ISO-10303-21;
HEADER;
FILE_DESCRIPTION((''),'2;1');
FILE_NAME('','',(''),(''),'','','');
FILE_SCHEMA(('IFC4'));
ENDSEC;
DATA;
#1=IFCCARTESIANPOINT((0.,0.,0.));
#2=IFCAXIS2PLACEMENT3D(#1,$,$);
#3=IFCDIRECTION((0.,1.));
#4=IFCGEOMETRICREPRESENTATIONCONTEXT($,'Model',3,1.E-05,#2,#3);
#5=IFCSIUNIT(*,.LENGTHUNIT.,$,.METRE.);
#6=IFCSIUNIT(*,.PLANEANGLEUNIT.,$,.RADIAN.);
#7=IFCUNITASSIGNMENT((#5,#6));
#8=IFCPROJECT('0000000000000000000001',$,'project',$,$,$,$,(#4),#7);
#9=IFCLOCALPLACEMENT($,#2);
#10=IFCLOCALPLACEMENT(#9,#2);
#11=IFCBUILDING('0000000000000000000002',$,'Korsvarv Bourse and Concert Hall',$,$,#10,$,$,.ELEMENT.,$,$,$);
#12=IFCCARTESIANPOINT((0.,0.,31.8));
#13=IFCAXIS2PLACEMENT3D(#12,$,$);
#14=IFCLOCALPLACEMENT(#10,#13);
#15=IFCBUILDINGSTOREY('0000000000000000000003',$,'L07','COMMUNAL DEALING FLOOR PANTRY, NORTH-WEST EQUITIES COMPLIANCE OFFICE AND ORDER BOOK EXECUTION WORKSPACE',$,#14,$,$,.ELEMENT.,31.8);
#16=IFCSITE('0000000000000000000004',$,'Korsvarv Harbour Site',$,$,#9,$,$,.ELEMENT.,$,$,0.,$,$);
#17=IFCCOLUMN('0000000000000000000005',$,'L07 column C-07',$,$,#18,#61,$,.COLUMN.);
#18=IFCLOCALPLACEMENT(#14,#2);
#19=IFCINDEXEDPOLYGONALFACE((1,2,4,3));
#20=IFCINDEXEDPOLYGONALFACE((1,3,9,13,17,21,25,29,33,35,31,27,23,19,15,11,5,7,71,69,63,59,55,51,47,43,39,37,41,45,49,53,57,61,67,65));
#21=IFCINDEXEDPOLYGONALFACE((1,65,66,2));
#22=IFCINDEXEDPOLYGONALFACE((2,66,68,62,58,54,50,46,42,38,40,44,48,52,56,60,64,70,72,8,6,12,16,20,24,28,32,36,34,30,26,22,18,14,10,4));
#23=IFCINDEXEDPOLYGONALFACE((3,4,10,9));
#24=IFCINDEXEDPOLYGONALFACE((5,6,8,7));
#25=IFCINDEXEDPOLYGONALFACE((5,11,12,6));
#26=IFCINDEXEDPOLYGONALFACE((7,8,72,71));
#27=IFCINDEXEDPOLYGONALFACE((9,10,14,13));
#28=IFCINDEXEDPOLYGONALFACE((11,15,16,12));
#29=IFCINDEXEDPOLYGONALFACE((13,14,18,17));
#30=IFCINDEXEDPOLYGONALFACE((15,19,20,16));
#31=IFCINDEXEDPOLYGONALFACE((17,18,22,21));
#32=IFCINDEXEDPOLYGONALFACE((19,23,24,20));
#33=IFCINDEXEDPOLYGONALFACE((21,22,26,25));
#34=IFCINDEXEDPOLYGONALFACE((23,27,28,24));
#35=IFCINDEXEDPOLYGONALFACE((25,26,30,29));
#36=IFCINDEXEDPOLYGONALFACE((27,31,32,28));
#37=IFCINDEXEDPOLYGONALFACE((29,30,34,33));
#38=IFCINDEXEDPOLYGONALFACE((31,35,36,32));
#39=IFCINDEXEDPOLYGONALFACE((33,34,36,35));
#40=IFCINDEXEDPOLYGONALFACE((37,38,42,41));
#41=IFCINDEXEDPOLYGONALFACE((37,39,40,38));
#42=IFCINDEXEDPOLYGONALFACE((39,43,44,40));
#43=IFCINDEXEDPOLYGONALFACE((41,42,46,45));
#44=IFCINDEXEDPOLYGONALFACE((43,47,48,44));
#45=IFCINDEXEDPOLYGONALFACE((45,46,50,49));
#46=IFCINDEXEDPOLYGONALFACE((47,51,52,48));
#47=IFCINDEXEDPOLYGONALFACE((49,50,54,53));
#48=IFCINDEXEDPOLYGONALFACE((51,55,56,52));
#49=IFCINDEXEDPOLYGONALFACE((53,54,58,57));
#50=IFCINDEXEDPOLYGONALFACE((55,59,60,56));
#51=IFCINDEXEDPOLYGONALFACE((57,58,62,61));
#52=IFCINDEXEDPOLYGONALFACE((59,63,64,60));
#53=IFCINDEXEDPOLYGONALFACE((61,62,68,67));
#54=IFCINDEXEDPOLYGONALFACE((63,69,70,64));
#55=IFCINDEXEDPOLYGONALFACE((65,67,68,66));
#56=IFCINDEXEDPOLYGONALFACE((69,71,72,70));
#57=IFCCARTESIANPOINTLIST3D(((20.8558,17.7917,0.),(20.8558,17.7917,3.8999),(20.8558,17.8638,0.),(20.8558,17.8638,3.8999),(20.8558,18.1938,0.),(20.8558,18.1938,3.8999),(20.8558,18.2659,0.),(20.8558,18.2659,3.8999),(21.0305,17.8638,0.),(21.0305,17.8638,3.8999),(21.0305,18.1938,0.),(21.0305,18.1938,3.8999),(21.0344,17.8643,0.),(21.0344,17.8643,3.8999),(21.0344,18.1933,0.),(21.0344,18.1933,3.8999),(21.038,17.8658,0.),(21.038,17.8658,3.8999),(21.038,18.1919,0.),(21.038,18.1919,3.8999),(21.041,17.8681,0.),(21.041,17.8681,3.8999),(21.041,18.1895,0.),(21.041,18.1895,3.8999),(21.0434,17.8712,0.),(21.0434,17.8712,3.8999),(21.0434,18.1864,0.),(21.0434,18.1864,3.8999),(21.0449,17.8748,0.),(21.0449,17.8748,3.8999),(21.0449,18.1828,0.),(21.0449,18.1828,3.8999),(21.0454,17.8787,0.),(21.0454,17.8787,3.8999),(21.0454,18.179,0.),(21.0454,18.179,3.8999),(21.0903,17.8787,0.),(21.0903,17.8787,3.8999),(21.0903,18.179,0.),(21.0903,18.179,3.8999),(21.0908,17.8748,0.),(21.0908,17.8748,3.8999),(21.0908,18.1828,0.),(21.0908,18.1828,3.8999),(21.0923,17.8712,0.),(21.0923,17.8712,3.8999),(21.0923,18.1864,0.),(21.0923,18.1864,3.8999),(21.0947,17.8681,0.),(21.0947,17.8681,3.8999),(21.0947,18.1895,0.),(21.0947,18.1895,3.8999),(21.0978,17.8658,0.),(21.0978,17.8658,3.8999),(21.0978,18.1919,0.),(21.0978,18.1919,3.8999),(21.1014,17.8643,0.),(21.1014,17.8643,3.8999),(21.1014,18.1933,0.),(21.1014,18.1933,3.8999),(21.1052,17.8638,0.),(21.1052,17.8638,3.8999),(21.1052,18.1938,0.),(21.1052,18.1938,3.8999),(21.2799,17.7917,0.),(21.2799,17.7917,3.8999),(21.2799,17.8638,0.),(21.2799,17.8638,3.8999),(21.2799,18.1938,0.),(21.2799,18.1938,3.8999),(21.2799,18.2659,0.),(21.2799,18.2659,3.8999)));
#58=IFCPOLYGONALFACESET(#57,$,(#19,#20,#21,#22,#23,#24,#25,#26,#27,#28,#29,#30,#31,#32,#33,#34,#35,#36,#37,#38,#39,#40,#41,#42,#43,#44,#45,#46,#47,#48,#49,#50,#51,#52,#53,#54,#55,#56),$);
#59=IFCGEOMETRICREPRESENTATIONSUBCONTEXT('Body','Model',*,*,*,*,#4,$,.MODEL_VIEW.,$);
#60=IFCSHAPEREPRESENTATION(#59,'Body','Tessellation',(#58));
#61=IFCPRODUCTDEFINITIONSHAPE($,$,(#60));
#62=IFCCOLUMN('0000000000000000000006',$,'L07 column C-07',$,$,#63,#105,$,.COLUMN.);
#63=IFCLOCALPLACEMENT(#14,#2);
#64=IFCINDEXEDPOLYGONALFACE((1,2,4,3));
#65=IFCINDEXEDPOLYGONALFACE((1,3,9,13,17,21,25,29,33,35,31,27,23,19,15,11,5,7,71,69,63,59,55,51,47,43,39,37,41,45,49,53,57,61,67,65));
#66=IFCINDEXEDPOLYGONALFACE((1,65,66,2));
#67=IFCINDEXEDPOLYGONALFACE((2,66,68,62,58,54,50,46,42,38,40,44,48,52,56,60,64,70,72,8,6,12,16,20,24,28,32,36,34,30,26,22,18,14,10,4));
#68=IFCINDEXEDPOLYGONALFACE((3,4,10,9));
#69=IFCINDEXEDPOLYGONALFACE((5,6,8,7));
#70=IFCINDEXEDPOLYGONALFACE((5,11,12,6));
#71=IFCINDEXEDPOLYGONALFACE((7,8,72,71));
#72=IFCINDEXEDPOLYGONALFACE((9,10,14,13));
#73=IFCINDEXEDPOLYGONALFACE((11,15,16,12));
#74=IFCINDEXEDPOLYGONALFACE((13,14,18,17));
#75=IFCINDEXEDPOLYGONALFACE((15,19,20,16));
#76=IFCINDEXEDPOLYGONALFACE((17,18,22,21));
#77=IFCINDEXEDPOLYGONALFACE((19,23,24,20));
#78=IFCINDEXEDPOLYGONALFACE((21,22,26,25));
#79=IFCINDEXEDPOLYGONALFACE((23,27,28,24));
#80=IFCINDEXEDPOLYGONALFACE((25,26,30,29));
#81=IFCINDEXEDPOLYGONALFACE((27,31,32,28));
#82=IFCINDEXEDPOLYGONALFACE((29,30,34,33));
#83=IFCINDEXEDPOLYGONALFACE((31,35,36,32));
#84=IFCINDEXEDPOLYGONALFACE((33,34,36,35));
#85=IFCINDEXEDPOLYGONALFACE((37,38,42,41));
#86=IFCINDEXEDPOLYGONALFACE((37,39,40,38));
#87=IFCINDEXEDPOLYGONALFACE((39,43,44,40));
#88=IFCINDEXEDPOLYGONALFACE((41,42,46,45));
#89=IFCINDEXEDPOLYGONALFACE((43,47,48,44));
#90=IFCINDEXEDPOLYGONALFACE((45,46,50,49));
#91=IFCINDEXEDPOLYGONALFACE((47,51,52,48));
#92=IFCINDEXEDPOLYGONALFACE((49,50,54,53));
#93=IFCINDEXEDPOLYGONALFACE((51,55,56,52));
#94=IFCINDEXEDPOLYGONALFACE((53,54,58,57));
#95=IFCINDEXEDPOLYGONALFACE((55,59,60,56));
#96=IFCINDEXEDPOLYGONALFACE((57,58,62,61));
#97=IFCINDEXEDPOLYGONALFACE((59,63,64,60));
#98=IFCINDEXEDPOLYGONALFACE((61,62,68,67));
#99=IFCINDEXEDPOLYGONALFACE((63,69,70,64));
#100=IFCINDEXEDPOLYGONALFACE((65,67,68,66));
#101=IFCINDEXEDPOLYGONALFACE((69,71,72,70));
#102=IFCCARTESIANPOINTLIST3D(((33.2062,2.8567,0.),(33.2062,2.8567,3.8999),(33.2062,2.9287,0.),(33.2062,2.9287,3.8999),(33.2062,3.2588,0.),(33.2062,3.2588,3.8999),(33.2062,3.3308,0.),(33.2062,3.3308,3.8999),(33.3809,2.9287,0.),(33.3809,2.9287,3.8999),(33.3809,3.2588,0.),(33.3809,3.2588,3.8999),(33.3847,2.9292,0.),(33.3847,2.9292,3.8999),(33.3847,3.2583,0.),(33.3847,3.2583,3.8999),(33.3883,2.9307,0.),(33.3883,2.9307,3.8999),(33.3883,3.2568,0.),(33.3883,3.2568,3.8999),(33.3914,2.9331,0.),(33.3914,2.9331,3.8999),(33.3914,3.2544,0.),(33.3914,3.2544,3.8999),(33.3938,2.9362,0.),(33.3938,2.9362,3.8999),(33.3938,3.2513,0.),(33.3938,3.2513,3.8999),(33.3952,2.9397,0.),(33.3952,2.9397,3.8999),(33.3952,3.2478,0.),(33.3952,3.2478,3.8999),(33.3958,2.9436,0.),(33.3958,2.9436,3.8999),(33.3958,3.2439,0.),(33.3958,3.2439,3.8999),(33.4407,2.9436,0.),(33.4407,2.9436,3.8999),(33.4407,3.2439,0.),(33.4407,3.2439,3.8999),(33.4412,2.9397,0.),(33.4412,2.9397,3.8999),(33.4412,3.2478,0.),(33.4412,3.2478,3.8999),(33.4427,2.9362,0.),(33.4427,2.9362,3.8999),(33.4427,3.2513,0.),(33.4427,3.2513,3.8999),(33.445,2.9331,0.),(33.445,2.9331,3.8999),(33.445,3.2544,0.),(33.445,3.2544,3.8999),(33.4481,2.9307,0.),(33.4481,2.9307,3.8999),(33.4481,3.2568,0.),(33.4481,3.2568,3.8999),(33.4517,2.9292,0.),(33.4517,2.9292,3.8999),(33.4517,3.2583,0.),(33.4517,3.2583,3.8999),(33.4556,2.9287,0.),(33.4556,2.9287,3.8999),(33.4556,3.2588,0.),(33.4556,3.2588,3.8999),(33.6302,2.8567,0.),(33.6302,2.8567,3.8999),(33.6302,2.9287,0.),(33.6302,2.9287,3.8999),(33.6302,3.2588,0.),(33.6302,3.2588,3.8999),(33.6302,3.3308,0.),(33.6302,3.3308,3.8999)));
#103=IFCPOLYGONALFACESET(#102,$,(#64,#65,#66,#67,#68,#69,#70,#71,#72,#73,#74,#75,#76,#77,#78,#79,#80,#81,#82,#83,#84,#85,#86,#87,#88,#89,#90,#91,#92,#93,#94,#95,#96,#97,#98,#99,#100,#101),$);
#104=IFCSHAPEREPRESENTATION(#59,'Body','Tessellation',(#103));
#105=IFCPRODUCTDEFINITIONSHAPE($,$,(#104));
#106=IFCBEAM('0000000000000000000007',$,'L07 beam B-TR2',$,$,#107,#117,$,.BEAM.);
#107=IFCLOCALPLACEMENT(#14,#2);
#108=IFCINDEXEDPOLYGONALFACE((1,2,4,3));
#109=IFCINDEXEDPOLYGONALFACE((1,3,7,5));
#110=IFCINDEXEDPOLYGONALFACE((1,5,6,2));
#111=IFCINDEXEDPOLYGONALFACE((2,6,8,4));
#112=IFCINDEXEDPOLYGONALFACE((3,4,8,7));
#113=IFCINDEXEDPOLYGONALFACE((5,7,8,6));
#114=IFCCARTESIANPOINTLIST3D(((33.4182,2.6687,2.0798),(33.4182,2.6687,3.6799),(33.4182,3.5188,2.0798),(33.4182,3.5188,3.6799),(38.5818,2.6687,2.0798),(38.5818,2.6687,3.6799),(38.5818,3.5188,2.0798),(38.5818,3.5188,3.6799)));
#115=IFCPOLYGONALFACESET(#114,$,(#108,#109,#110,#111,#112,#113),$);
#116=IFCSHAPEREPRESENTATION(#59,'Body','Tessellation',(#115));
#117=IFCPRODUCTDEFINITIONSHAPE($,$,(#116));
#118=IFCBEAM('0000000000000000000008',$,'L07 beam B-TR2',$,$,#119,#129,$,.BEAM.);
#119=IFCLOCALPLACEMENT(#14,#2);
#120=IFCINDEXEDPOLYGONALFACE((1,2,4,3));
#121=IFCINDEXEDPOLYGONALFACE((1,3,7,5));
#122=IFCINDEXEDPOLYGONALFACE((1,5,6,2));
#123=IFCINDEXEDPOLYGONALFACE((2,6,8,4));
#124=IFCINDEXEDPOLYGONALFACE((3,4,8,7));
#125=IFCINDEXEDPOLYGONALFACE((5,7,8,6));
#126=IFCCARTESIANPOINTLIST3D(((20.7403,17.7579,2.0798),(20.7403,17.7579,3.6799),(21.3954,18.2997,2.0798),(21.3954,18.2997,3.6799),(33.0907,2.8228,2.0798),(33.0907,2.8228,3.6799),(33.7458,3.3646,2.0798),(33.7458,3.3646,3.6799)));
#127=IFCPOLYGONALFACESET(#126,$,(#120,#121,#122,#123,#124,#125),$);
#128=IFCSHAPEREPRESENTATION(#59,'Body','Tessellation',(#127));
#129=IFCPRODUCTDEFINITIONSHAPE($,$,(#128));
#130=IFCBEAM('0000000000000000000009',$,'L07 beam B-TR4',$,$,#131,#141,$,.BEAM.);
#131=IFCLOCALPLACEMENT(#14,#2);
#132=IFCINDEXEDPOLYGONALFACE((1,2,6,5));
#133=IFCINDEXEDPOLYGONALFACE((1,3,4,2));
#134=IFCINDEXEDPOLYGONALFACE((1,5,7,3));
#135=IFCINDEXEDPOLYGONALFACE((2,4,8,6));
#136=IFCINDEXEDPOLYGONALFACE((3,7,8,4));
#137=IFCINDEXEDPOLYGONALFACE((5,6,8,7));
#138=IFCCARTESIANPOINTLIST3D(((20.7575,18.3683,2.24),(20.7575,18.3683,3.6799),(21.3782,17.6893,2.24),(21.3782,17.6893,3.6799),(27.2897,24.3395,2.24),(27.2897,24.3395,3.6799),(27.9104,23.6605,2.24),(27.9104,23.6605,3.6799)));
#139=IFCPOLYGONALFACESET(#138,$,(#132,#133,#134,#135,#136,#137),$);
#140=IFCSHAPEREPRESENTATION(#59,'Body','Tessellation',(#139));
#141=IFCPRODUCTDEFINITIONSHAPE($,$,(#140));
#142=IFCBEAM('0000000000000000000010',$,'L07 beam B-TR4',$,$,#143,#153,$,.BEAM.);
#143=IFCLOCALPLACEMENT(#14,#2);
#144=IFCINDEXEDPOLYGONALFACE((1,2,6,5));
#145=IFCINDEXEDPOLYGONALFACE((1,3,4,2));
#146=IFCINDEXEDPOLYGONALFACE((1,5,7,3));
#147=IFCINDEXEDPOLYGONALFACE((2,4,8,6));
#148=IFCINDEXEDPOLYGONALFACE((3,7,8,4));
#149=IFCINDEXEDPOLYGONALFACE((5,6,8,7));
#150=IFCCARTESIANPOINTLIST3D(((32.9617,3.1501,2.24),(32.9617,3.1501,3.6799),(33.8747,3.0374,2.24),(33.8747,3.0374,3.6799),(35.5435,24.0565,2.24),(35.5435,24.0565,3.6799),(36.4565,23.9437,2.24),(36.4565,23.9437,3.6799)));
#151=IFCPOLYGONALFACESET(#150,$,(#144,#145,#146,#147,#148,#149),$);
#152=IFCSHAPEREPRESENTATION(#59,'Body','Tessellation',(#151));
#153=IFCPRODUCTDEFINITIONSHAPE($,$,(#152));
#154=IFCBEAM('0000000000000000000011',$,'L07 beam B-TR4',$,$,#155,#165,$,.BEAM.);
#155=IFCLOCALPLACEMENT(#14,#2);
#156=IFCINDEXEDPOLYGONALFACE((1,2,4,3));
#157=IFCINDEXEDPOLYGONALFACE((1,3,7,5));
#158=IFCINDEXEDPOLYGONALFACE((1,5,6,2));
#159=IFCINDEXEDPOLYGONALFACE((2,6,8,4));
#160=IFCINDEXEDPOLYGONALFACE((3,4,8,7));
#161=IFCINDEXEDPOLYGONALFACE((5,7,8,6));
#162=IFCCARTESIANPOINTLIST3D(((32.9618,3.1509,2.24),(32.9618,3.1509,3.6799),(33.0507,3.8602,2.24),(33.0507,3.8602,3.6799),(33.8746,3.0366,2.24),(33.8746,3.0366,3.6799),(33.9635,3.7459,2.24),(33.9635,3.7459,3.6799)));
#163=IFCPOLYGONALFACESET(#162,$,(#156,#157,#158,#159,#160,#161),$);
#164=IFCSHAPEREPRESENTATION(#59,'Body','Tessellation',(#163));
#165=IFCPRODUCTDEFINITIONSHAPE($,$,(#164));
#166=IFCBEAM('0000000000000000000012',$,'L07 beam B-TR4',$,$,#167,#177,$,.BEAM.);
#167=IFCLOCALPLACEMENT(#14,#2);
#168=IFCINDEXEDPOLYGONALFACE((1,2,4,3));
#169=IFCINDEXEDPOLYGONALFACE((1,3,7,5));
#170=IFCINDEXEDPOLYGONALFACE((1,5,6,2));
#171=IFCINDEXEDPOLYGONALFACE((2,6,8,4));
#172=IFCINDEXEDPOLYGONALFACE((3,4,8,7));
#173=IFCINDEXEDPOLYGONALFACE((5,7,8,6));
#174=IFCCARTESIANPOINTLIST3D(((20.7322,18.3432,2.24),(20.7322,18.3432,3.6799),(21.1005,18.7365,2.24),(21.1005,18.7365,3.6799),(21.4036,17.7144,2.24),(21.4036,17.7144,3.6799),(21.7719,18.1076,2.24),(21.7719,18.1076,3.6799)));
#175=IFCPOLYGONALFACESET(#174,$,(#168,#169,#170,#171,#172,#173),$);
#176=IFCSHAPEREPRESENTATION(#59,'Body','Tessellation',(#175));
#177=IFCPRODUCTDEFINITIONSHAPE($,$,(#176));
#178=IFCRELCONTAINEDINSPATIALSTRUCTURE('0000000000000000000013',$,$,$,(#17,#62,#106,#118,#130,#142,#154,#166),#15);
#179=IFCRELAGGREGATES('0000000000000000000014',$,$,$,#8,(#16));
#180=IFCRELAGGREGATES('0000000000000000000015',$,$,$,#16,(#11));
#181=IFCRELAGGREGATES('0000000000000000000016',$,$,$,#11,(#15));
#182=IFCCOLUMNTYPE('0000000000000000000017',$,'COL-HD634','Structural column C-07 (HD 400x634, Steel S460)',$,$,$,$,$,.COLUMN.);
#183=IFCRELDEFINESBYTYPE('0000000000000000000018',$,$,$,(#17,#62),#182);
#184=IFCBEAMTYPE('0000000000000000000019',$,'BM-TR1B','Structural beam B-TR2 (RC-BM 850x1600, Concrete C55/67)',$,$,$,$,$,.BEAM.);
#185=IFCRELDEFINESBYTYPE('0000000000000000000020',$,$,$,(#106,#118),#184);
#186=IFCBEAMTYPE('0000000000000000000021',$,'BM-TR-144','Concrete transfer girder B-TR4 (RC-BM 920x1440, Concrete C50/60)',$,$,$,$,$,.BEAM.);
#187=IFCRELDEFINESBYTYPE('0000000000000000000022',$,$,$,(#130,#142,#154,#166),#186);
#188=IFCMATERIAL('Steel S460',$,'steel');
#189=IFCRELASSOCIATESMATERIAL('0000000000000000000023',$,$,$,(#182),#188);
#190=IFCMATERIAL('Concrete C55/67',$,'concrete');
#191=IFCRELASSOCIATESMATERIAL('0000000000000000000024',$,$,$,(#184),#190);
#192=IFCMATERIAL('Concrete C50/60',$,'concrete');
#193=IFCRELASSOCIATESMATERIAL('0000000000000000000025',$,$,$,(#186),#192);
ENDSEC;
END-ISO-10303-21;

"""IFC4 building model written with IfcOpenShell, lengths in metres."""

from ifc_helpers import new_model, si_unit, direction, frame, origin, origin_2d, place, context, subcontext, project, spatial, rectangle, i_section, extrude, source, transform, mapped, material, material_profile, profile_set, type_object, element, save


model = new_model("IFC4")

# Units and contexts
model_context = context("Model", 3, precision=1e-05, world=origin(), true_north=direction((0.0, 1.0)))
body_context = subcontext(model_context, "Body", "Model", "MODEL_VIEW")
ifc_project = project(units=[si_unit("LENGTHUNIT", "METRE"), si_unit("PLANEANGLEUNIT", "RADIAN")], contexts=[model_context])

# Site, building, storey
site_placement = place(None, origin())
site = spatial("IfcSite", under=ifc_project, at=site_placement, Name="Korsvarv Harbour Site", CompositionType="ELEMENT", RefElevation=0.0)
building_placement = place(site_placement, origin())
building = spatial("IfcBuilding", under=site, at=building_placement, Name="Korsvarv Bourse and Concert Hall", CompositionType="ELEMENT")
storey_placement = place(building_placement, frame((0.0, 0.0, 31.8)))
storey = spatial("IfcBuildingStorey", under=building, at=storey_placement, Name="L07", Description="COMMUNAL DEALING FLOOR PANTRY, NORTH-WEST EQUITIES COMPLIANCE OFFICE AND ORDER BOOK EXECUTION WORKSPACE", CompositionType="ELEMENT", Elevation=31.8)

# Columns
ifc_material_1 = material(Name="Steel S460", Category="steel")
ifc_material_profile_1 = material_profile(ifc_material_1, i_section(OverallWidth=0.4241, OverallDepth=0.4741, WebThickness=0.0449, FlangeThickness=0.072, FilletRadius=0.0149, at=origin_2d()), Name="HD 400x634")
ifc_profile_set_1 = profile_set([ifc_material_profile_1], Name="Steel S460")
column_type = type_object("IfcColumnType", Name="COL-HD634", Description="Structural column C-07 (HD 400x634, Steel S460)", PredefinedType="COLUMN", material=ifc_profile_set_1)
shared_shape_1 = source(origin(), body_context, "Body", "SweptSolid", [
    extrude(i_section(OverallWidth=0.4241, OverallDepth=0.4741, WebThickness=0.0449, FlangeThickness=0.072, FilletRadius=0.0149, at=origin_2d()), origin(), (0.0, 0.0, 1.0), 3.8999),
])
for number, where, z_axis, x_axis, name in (
    (1, (21.0679, 18.0288, 0.0), (0.0, 0.0, 1.0), (1.0, 0.0, 0.0), "L07 column C-07"),
    (2, (33.4182, 3.0938, 0.0), (0.0, 0.0, 1.0), (1.0, 0.0, 0.0), "L07 column C-07"),
):
    element("IfcColumn", number, at=place(storey_placement, frame(where, z_axis=z_axis, x_axis=x_axis)), inside=storey, type_object=column_type, Name=name, PredefinedType="COLUMN", context=body_context, shape_type="MappedRepresentation", body=[
        mapped(shared_shape_1, transform((0.0, 0.0, 0.0), scale=1.0)),
    ])

# Beams
ifc_material_2 = material(Name="Concrete C55/67", Category="concrete")
ifc_material_profile_2 = material_profile(ifc_material_2, rectangle(XDim=0.8501, YDim=1.6001, at=origin_2d()), Name="RC-BM 850x1600")
ifc_profile_set_2 = profile_set([ifc_material_profile_2], Name="Concrete C55/67")
beam_type_1 = type_object("IfcBeamType", Name="BM-TR1B", Description="Structural beam B-TR2 (RC-BM 850x1600, Concrete C55/67)", PredefinedType="BEAM", material=ifc_profile_set_2)
shared_shape_2 = source(origin(), body_context, "Body", "SweptSolid", [
    extrude(rectangle(XDim=0.8501, YDim=1.6001, at=origin_2d()), origin(), (0.0, 0.0, 1.0), 5.1636),
])
beam_1_placement = place(storey_placement, frame((33.4182, 3.0938, 2.8799), z_axis=(1.0, 0.0, 0.0), x_axis=(0.0, 1.0, 0.0)))
element("IfcBeam", 3, at=beam_1_placement, inside=storey, type_object=beam_type_1, Name="L07 beam B-TR2", PredefinedType="BEAM", context=body_context, shape_type="MappedRepresentation", body=[
    mapped(shared_shape_2, transform((0.0, 0.0, 0.0), scale=1.0)),
])
shared_shape_3 = source(origin(), body_context, "Body", "SweptSolid", [
    extrude(rectangle(XDim=0.8501, YDim=1.6001, at=origin_2d()), origin(), (0.0, 0.0, 1.0), 19.3801),
])
beam_2_placement = place(storey_placement, frame((21.0679, 18.0288, 2.8799), z_axis=(0.63727, -0.77064, 0.0), x_axis=(0.77064, 0.63727, 0.0)))
element("IfcBeam", 4, at=beam_2_placement, inside=storey, type_object=beam_type_1, Name="L07 beam B-TR2", PredefinedType="BEAM", context=body_context, shape_type="MappedRepresentation", body=[
    mapped(shared_shape_3, transform((0.0, 0.0, 0.0), scale=1.0)),
])
ifc_material_3 = material(Name="Concrete C50/60", Category="concrete")
ifc_material_profile_3 = material_profile(ifc_material_3, rectangle(XDim=0.9199, YDim=1.4399, at=origin_2d()), Name="RC-BM 920x1440")
ifc_profile_set_3 = profile_set([ifc_material_profile_3], Name="Concrete C50/60")
beam_type_2 = type_object("IfcBeamType", Name="BM-TR-144", Description="Concrete transfer girder B-TR4 (RC-BM 920x1440, Concrete C50/60)", PredefinedType="BEAM", material=ifc_profile_set_3)
shared_shape_4 = source(origin(), body_context, "Body", "SweptSolid", [
    extrude(rectangle(XDim=0.9199, YDim=1.4399, at=origin_2d()), origin(), (0.0, 0.0, 1.0), 8.8501),
])
beam_3_placement = place(storey_placement, frame((21.0679, 18.0288, 2.96), z_axis=(0.738092, 0.6747, 0.0), x_axis=(-0.6747, 0.738092, 0.0)))
element("IfcBeam", 5, at=beam_3_placement, inside=storey, type_object=beam_type_2, Name="L07 beam B-TR4", PredefinedType="BEAM", context=body_context, shape_type="MappedRepresentation", body=[
    mapped(shared_shape_4, transform((0.0, 0.0, 0.0), scale=1.0)),
])
shared_shape_5 = source(origin(), body_context, "Body", "SweptSolid", [
    extrude(rectangle(XDim=0.9199, YDim=1.4399, at=origin_2d()), origin(), (0.0, 0.0, 1.0), 21.0652),
])
beam_4_placement = place(storey_placement, frame((33.4182, 3.0938, 2.96), z_axis=(0.122563, 0.992461, 0.0), x_axis=(-0.992461, 0.122563, 0.0)))
element("IfcBeam", 6, at=beam_4_placement, inside=storey, type_object=beam_type_2, Name="L07 beam B-TR4", PredefinedType="BEAM", context=body_context, shape_type="MappedRepresentation", body=[
    mapped(shared_shape_5, transform((0.0, 0.0, 0.0), scale=1.0)),
])
shared_shape_6 = source(origin(), body_context, "Body", "SweptSolid", [
    extrude(rectangle(XDim=0.9199, YDim=1.4399, at=origin_2d()), origin(), (0.0, 0.0, 1.0), 0.7148),
])
beam_5_placement = place(storey_placement, frame((33.4182, 3.0938, 2.96), z_axis=(0.124329, 0.992241, 0.0), x_axis=(-0.992241, 0.124329, 0.0)))
element("IfcBeam", 7, at=beam_5_placement, inside=storey, type_object=beam_type_2, Name="L07 beam B-TR4", PredefinedType="BEAM", context=body_context, shape_type="MappedRepresentation", body=[
    mapped(shared_shape_6, transform((0.0, 0.0, 0.0), scale=1.0)),
])
shared_shape_7 = source(origin(), body_context, "Body", "SweptSolid", [
    extrude(rectangle(XDim=0.9199, YDim=1.4399, at=origin_2d()), origin(), (0.0, 0.0, 1.0), 0.5388),
])
beam_6_placement = place(storey_placement, frame((21.0679, 18.0288, 2.96), z_axis=(0.683625, 0.729834, 0.0), x_axis=(-0.729834, 0.683625, 0.0)))
element("IfcBeam", 8, at=beam_6_placement, inside=storey, type_object=beam_type_2, Name="L07 beam B-TR4", PredefinedType="BEAM", context=body_context, shape_type="MappedRepresentation", body=[
    mapped(shared_shape_7, transform((0.0, 0.0, 0.0), scale=1.0)),
])

save(model, "model.ifc")
